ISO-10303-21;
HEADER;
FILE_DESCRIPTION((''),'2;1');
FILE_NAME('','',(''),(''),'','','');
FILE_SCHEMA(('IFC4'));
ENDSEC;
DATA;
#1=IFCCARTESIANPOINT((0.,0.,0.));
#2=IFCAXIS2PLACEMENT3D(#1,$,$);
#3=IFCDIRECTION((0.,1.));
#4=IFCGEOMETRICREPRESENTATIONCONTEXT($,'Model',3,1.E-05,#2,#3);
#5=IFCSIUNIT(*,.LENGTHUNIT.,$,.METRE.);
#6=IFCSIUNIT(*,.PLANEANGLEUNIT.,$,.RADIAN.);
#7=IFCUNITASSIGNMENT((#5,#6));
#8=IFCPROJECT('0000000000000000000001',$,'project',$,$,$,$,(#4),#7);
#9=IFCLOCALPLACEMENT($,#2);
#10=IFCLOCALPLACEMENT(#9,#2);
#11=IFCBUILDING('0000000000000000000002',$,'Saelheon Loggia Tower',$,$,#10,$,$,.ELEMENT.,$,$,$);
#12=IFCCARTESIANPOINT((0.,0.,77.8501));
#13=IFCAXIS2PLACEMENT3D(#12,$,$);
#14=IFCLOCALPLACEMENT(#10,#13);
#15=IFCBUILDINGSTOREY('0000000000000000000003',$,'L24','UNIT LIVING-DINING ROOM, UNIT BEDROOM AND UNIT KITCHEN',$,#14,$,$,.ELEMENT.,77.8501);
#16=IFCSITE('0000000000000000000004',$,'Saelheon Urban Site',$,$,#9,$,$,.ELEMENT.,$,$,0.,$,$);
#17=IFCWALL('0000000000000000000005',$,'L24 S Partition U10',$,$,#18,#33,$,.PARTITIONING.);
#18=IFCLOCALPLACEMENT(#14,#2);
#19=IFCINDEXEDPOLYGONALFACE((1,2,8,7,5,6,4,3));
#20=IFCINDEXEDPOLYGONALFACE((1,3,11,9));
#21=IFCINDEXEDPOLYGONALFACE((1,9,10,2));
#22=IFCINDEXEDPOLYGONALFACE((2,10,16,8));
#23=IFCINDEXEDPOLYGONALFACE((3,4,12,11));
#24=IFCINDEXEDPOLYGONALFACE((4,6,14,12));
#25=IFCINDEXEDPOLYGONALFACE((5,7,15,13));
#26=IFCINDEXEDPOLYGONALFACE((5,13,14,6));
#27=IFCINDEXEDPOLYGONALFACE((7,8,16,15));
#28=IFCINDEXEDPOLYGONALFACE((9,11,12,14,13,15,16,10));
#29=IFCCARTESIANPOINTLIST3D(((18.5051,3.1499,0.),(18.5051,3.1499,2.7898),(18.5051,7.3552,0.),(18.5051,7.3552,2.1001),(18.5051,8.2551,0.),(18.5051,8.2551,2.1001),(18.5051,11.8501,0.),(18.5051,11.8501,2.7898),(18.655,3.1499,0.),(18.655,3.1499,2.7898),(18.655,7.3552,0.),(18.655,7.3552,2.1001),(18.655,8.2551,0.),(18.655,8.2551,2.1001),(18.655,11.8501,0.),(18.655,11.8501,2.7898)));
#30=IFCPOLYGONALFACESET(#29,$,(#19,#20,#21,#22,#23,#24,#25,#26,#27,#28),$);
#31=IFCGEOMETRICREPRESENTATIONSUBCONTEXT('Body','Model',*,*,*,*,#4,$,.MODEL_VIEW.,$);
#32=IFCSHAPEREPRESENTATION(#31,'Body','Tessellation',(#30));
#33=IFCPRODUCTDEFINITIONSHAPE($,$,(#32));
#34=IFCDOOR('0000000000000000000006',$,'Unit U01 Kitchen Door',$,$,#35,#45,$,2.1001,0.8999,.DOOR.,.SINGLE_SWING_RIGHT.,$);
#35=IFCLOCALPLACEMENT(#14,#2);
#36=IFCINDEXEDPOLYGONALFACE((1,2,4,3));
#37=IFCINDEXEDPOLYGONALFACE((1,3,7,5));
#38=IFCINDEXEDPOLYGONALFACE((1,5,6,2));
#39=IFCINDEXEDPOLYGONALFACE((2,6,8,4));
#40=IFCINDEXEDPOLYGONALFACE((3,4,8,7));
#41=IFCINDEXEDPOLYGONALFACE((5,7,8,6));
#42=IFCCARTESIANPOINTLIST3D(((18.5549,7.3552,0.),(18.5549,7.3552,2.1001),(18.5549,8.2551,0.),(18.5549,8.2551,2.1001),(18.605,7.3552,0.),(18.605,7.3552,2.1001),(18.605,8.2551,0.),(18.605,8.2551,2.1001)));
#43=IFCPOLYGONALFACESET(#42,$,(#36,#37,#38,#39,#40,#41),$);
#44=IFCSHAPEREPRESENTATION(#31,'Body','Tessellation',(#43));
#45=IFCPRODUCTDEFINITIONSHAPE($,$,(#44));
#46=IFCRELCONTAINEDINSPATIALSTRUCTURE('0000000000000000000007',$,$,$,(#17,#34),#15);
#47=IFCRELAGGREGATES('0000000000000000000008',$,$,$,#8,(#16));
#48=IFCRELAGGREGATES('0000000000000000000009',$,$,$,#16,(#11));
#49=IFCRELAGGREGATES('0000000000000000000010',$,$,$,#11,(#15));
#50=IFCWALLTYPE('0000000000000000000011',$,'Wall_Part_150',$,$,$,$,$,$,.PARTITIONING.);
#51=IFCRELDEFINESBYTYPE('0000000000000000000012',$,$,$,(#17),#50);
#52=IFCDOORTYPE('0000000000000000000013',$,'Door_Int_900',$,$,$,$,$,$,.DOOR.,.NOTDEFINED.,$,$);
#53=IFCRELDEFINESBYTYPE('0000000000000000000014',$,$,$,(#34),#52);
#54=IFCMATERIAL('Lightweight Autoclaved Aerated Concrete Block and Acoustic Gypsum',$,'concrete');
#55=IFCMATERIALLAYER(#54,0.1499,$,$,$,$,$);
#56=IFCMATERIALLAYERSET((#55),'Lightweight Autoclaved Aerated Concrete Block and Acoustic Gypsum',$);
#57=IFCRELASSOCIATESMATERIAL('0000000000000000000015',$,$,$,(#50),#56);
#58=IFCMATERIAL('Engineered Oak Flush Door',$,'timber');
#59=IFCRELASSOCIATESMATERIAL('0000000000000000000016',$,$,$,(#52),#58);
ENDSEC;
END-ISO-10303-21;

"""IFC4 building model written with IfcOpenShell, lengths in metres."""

from ifc_helpers import new_model, si_unit, direction, frame, frame_2d, origin, place, context, subcontext, project, spatial, rectangle, extrude, source, transform, mapped, material, layer, layer_set, type_object, element, fill, save


model = new_model("IFC4")

# Units and contexts
model_context = context("Model", 3, precision=1e-05, world=origin(), true_north=direction((0.0, 1.0)))
body_context = subcontext(model_context, "Body", "Model", "MODEL_VIEW")
ifc_project = project(units=[si_unit("LENGTHUNIT", "METRE"), si_unit("PLANEANGLEUNIT", "RADIAN")], contexts=[model_context])

# Site, building, storey
site_placement = place(None, origin())
site = spatial("IfcSite", under=ifc_project, at=site_placement, Name="Saelheon Urban Site", CompositionType="ELEMENT", RefElevation=0.0)
building_placement = place(site_placement, origin())
building = spatial("IfcBuilding", under=site, at=building_placement, Name="Saelheon Loggia Tower", CompositionType="ELEMENT")
storey_placement = place(building_placement, frame((0.0, 0.0, 77.8501)))
storey = spatial("IfcBuildingStorey", under=building, at=storey_placement, Name="L24", Description="UNIT LIVING-DINING ROOM, UNIT BEDROOM AND UNIT KITCHEN", CompositionType="ELEMENT", Elevation=77.8501)

# Wall, opening, door
ifc_material_1 = material(Name="Lightweight Autoclaved Aerated Concrete Block and Acoustic Gypsum", Category="concrete")
ifc_layer_1 = layer(ifc_material_1, 0.1499)
ifc_layer_set_1 = layer_set([ifc_layer_1], Name="Lightweight Autoclaved Aerated Concrete Block and Acoustic Gypsum")
wall_type_1 = type_object("IfcWallType", Name="Wall_Part_150", PredefinedType="PARTITIONING", material=ifc_layer_set_1)
wall_1_placement = place(storey_placement, frame((18.5801, 11.8501, 0.0), z_axis=(0.0, 0.0, 1.0), x_axis=(0.0, -1.0, 0.0)))
wall_1 = element("IfcWall", 1, at=wall_1_placement, inside=storey, type_object=wall_type_1, Name="L24 S Partition U10", PredefinedType="PARTITIONING", context=body_context, shape_type="SweptSolid", body=[
    extrude(rectangle(XDim=8.7002, YDim=0.1499, at=frame_2d((4.3501, 0.0))), origin(), (0.0, 0.0, 1.0), 2.7898),
])
opening_1_placement = place(wall_1_placement, frame((3.595, 0.0, 0.0)))
opening_1 = element("IfcOpeningElement", 2, at=opening_1_placement, cuts=wall_1, PredefinedType="OPENING", context=body_context, shape_type="SweptSolid", body=[
    extrude(rectangle(XDim=0.8999, YDim=2.1001, at=frame_2d((0.45, 1.05))), frame((0.0, 0.0869, 0.0), z_axis=(0.0, -1.0, 0.0), x_axis=(1.0, 0.0, 0.0)), (0.0, 0.0, 1.0), 0.1738),
])
ifc_material_2 = material(Name="Engineered Oak Flush Door", Category="timber")
door_type_1 = type_object("IfcDoorType", Name="Door_Int_900", OperationType="NOTDEFINED", PredefinedType="DOOR", material=ifc_material_2)
shared_shape_1 = source(origin(), body_context, "Body", "SweptSolid", [
    extrude(rectangle(XDim=0.8999, YDim=2.1001, at=frame_2d((0.45, 1.05))), frame((0.0, 0.0249, 0.0), z_axis=(0.0, -1.0, 0.0), x_axis=(1.0, 0.0, 0.0)), (0.0, 0.0, 1.0), 0.05),
])
door_1_placement = place(opening_1_placement, origin())
door_1 = element("IfcDoor", 3, at=door_1_placement, inside=storey, type_object=door_type_1, Name="Unit U01 Kitchen Door", OperationType="SINGLE_SWING_RIGHT", OverallHeight=2.1001, OverallWidth=0.8999, PredefinedType="DOOR", context=body_context, shape_type="MappedRepresentation", body=[
    mapped(shared_shape_1, transform((0.0, 0.0, 0.0), scale=1.0)),
])
fill(opening_1, door_1)

save(model, "model.ifc")
